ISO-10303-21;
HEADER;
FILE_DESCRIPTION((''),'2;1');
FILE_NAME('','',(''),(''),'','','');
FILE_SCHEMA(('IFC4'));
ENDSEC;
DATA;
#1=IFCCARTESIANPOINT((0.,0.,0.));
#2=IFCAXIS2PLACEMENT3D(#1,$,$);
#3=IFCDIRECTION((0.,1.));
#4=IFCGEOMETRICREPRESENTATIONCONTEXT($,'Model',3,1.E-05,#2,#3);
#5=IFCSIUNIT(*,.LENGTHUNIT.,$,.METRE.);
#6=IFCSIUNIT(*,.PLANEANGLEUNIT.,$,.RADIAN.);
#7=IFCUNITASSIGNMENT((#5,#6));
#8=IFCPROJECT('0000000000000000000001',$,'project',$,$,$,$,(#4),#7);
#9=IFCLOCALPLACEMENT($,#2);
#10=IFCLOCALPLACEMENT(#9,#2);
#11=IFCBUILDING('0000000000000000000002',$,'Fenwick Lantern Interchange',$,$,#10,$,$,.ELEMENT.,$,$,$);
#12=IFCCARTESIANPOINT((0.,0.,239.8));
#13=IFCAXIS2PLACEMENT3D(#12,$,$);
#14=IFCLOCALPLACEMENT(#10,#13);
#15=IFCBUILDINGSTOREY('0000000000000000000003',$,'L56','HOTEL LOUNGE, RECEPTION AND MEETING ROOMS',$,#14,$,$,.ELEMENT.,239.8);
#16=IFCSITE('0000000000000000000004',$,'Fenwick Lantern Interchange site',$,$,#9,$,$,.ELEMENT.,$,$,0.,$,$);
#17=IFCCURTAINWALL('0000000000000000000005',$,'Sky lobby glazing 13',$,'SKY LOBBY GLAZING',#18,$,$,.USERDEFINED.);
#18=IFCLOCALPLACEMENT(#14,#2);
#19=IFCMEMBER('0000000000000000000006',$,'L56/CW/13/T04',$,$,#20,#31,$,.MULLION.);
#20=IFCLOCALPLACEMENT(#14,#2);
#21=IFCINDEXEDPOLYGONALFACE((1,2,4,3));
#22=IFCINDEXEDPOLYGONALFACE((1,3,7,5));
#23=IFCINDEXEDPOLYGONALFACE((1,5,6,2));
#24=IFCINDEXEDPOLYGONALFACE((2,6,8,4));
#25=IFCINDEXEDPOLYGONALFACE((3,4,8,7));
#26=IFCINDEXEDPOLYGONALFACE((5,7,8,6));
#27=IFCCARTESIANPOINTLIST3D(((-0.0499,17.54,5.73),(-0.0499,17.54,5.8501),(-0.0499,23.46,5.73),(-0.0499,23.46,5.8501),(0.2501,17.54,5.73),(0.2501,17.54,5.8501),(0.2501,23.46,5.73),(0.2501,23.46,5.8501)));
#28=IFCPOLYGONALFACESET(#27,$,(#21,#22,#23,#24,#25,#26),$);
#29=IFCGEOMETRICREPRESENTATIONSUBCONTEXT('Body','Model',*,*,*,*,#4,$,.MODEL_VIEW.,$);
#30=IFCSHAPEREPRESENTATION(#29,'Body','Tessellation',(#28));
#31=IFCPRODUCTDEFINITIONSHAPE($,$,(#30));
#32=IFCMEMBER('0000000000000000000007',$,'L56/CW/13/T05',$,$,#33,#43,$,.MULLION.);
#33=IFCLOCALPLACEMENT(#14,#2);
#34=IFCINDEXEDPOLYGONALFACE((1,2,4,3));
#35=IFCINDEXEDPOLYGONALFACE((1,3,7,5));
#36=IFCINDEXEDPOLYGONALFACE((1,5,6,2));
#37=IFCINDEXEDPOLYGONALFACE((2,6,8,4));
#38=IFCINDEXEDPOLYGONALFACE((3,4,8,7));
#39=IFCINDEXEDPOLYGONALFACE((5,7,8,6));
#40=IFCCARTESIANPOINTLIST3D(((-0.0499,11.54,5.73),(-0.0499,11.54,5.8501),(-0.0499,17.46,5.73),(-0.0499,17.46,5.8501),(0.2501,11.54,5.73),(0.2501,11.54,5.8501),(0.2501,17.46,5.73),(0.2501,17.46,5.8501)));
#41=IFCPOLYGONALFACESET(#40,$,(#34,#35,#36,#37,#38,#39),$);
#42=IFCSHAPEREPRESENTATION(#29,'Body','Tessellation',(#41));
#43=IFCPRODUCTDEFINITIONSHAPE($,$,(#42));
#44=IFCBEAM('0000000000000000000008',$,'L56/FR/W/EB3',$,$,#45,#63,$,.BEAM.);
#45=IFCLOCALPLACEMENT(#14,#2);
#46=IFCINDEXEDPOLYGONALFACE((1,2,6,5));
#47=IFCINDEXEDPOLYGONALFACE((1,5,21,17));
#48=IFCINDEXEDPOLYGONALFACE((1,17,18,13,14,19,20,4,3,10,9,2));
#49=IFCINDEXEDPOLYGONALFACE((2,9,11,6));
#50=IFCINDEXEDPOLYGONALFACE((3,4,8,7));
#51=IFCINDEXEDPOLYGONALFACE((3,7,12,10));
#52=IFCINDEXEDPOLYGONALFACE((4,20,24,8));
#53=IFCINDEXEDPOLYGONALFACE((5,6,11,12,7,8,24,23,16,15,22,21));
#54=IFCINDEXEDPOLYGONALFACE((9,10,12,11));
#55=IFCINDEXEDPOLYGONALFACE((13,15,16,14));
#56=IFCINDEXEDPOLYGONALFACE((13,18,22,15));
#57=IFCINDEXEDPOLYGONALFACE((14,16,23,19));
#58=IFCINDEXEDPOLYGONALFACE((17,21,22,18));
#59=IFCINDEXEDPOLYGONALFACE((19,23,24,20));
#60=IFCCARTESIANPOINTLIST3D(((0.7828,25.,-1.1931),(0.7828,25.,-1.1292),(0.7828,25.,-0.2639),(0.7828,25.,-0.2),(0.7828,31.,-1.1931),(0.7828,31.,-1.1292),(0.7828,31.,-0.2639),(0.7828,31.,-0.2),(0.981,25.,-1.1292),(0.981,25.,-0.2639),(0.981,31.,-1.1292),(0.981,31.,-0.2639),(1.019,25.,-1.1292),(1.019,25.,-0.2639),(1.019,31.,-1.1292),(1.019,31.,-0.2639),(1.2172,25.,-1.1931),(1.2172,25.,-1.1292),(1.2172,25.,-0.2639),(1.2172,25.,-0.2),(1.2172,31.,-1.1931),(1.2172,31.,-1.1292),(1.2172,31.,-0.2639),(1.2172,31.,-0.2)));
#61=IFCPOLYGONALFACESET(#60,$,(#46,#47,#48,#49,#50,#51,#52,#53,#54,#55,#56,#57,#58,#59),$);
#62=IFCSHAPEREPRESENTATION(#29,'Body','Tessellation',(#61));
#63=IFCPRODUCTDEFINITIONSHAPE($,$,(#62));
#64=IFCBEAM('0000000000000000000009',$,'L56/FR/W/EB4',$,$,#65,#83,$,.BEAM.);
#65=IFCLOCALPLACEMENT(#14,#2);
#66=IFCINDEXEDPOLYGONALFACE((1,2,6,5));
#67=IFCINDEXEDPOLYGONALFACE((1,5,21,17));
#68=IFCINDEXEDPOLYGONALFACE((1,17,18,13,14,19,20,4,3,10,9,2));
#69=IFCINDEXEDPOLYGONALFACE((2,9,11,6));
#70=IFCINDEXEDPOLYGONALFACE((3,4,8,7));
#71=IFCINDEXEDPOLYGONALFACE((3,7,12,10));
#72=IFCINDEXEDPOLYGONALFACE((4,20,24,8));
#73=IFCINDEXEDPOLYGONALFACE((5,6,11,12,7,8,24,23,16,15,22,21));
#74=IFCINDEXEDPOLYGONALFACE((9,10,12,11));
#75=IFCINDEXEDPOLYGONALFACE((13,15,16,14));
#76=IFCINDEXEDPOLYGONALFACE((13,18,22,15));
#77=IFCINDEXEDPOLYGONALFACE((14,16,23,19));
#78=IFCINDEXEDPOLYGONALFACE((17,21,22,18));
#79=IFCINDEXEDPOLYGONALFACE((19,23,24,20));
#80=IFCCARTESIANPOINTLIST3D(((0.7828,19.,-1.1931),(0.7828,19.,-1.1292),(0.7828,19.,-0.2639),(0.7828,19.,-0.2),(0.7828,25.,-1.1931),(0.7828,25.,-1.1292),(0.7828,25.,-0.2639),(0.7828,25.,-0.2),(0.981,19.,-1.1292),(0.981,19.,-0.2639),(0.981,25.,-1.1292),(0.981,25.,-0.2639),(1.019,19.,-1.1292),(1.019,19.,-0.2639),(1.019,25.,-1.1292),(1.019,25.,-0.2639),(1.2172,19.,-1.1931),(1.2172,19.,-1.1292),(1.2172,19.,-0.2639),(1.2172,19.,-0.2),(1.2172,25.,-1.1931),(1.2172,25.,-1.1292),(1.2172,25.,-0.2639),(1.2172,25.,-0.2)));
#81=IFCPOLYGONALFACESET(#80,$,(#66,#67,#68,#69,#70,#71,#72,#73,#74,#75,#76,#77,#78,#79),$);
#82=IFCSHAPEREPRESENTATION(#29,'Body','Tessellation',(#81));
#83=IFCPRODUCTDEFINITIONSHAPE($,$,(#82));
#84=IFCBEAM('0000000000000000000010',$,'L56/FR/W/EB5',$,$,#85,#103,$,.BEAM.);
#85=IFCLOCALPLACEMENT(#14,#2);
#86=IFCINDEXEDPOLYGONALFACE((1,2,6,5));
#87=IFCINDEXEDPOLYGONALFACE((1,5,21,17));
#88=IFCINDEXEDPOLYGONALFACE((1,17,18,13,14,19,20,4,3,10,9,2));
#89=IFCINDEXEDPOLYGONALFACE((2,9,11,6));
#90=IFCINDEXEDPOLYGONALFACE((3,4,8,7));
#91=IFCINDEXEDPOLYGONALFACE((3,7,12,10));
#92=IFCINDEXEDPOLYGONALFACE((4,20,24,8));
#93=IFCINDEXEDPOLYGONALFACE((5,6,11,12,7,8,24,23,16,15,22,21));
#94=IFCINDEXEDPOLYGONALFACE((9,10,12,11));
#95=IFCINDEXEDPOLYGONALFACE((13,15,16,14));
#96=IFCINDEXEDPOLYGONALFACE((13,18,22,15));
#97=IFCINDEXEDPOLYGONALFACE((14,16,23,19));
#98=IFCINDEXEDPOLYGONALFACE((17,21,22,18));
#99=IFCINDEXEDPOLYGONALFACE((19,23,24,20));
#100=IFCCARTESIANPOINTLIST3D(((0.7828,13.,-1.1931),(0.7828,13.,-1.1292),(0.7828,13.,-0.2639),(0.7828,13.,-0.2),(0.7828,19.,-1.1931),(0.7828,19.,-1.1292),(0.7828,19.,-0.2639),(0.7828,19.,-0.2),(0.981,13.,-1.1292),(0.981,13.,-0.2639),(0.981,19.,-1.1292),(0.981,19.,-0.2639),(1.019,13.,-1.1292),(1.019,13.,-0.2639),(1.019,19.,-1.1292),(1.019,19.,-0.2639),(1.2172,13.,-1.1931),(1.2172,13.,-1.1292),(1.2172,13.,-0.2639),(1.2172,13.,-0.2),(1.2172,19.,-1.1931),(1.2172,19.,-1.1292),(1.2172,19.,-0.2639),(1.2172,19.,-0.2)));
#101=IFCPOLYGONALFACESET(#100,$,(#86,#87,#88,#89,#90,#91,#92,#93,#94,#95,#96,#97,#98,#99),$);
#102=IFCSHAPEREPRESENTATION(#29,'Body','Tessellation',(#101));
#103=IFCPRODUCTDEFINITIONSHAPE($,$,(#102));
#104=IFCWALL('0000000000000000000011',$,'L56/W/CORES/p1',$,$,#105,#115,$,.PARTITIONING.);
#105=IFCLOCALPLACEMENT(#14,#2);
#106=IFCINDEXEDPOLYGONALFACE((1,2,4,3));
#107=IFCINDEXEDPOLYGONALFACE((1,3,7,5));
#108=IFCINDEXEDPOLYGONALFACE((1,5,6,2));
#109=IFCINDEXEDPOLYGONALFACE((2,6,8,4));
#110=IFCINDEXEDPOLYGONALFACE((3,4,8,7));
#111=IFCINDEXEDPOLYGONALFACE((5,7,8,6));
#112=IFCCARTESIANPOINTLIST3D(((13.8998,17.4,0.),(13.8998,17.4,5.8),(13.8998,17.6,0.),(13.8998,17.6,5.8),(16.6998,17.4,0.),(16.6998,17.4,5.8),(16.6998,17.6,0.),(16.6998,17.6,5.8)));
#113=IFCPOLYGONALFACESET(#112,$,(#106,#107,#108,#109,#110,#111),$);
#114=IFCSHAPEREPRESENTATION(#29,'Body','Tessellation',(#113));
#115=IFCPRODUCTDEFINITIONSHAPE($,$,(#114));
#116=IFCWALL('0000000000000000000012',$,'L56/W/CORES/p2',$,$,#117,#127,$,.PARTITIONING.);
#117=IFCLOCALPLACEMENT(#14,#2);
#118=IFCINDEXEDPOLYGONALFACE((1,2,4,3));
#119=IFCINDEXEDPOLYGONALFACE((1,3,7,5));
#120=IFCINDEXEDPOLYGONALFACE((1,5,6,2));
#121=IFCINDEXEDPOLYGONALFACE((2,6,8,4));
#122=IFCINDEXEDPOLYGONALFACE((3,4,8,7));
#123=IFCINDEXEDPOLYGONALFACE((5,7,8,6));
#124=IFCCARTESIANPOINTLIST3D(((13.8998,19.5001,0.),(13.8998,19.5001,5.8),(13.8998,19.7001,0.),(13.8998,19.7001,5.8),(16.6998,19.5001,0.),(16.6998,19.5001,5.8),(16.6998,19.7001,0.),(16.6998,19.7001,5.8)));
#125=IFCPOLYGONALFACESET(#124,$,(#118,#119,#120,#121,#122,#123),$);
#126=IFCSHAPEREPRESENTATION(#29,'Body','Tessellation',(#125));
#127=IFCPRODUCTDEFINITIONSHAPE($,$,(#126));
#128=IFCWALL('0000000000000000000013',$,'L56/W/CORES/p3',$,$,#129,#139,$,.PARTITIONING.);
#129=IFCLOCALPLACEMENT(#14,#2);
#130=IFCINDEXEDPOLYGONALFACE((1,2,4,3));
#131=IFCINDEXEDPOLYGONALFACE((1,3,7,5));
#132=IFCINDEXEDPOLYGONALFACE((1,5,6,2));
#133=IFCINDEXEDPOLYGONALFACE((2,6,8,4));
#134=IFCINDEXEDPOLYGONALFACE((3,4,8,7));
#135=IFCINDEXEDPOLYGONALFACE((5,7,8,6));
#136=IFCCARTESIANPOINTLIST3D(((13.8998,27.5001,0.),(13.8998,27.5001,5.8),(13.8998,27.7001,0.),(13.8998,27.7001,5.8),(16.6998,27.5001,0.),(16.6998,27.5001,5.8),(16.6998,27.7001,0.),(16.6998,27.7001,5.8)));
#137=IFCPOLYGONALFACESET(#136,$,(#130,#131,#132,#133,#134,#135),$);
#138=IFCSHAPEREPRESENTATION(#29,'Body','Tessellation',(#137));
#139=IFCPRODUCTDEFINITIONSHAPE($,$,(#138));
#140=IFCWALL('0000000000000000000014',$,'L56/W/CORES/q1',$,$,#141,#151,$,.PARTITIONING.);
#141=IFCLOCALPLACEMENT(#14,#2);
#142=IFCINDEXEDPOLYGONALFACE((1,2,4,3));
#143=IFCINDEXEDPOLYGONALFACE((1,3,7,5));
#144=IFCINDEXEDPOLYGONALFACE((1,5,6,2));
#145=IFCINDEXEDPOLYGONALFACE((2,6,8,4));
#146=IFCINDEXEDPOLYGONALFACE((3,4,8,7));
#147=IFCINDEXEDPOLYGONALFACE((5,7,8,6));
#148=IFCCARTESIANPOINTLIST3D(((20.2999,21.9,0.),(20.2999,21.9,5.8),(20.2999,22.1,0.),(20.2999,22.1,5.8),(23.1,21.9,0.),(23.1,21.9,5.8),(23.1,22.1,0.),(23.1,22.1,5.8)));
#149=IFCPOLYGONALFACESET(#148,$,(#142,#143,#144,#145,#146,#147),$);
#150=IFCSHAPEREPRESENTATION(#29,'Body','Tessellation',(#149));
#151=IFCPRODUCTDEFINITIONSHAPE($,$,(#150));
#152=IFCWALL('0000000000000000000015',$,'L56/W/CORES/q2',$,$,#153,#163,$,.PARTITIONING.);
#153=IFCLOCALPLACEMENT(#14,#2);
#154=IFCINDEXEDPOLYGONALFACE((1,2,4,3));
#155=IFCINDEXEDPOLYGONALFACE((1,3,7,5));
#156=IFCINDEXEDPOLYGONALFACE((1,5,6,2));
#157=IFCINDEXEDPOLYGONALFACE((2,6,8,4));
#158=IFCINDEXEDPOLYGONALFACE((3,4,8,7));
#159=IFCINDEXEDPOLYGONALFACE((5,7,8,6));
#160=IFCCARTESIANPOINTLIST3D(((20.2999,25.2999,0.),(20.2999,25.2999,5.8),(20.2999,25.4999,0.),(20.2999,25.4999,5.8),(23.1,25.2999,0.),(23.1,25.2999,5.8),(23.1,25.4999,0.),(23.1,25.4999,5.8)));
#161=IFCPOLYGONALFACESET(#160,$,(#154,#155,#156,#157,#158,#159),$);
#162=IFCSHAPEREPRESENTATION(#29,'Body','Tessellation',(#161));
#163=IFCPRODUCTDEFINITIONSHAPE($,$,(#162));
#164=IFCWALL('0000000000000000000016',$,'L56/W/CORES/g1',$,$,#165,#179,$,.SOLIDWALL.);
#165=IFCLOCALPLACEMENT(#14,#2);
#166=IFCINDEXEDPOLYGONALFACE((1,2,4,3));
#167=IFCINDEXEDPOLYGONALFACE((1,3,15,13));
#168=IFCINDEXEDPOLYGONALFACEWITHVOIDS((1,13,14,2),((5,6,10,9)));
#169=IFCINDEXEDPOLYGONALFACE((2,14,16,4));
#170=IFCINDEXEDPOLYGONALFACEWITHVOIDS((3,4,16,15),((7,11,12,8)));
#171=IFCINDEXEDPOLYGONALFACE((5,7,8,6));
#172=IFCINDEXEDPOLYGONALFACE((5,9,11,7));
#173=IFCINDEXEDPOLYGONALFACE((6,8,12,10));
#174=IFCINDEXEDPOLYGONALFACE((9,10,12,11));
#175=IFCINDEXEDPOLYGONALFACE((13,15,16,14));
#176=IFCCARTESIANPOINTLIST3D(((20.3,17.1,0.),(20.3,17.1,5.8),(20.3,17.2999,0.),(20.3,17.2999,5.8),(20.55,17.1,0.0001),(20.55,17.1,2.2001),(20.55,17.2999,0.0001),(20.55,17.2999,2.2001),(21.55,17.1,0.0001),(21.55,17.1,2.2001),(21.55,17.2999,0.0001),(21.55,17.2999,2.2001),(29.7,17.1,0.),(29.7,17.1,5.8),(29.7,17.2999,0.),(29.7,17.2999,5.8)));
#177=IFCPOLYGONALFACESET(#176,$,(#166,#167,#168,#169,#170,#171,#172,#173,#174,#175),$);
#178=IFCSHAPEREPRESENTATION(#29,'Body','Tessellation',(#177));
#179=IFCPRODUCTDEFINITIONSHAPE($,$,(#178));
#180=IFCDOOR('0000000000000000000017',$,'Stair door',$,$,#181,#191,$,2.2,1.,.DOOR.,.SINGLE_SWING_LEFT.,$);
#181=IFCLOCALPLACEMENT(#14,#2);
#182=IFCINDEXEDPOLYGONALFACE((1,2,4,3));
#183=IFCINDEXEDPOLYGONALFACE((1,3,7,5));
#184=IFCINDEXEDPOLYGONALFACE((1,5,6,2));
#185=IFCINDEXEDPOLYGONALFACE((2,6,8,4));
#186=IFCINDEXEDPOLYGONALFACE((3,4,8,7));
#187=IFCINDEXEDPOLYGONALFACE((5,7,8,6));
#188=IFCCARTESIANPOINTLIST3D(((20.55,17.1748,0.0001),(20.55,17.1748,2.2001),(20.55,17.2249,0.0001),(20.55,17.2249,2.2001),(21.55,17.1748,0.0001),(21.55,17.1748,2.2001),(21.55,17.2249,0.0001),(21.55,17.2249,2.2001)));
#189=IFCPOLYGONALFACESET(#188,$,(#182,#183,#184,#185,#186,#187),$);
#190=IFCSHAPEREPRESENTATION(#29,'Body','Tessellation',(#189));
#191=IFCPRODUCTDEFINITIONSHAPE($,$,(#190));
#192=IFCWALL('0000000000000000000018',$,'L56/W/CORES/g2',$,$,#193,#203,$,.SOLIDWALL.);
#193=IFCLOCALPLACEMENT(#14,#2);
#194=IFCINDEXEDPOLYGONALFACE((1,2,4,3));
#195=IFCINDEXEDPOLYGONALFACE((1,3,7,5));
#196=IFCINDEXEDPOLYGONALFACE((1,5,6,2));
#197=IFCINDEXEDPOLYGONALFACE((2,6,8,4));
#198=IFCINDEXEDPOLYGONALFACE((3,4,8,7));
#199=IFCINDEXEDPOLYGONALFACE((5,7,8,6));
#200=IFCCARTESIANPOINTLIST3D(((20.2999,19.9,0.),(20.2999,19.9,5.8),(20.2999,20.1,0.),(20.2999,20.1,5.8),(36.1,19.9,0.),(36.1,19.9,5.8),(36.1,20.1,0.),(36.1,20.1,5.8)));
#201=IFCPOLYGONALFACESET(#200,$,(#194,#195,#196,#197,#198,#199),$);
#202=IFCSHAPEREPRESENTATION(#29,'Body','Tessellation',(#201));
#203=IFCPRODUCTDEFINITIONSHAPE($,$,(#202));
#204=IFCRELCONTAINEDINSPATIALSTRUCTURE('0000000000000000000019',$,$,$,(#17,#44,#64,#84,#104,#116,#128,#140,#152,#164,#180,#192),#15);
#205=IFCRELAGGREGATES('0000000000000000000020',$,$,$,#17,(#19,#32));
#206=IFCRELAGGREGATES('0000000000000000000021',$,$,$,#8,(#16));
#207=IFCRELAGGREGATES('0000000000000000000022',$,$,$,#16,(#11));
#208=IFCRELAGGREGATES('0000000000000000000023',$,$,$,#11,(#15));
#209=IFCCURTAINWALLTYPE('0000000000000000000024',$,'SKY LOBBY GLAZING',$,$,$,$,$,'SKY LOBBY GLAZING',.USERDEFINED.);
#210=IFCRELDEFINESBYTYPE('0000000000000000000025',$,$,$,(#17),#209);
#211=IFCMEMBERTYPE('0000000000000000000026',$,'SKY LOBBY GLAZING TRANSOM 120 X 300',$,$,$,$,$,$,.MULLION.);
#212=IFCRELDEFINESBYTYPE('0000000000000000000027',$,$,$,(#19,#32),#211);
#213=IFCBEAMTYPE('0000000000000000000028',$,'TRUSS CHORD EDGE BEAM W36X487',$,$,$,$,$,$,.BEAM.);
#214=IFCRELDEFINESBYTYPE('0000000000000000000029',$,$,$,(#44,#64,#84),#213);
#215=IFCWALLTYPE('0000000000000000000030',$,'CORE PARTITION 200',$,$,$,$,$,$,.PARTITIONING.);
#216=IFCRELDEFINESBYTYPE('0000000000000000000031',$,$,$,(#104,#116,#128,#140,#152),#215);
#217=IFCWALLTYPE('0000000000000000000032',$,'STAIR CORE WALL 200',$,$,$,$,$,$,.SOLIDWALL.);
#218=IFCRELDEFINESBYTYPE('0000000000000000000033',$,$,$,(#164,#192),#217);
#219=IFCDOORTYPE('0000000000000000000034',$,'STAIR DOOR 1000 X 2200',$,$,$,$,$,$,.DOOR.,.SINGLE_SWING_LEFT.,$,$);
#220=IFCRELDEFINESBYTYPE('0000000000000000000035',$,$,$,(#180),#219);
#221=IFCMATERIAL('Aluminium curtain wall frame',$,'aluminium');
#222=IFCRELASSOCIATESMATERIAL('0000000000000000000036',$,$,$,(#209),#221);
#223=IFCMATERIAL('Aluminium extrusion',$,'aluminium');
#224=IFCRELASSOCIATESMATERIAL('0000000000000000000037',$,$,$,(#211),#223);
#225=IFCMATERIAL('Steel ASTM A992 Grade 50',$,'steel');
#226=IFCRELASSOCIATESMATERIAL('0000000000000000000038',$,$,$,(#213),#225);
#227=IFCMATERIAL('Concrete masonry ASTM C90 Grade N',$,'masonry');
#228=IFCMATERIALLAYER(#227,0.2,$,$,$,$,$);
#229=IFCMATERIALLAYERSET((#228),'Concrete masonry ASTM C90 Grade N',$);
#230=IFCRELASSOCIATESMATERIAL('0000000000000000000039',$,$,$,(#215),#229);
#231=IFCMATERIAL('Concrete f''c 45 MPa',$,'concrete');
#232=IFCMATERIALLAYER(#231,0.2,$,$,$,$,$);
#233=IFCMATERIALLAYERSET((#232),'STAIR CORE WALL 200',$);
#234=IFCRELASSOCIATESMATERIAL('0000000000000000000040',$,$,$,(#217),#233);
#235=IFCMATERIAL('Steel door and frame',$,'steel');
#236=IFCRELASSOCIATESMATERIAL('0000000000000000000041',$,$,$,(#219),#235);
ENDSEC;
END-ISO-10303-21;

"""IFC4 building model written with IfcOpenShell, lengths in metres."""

from ifc_helpers import new_model, si_unit, direction, frame, frame_2d, origin, origin_2d, place, context, subcontext, project, spatial, rectangle, i_section, extrude, material, layer, layer_set, material_profile, profile_set, type_object, element, fill, aggregate, save


model = new_model("IFC4")

# Units and contexts
model_context = context("Model", 3, precision=1e-05, world=origin(), true_north=direction((0.0, 1.0)))
body_context = subcontext(model_context, "Body", "Model", "MODEL_VIEW")
ifc_project = project(units=[si_unit("LENGTHUNIT", "METRE"), si_unit("PLANEANGLEUNIT", "RADIAN")], contexts=[model_context])

# Site, building, storey
site_placement = place(None, origin())
site = spatial("IfcSite", under=ifc_project, at=site_placement, Name="Fenwick Lantern Interchange site", CompositionType="ELEMENT", RefElevation=0.0)
building_placement = place(site_placement, origin())
building = spatial("IfcBuilding", under=site, at=building_placement, Name="Fenwick Lantern Interchange", CompositionType="ELEMENT")
storey_placement = place(building_placement, frame((0.0, 0.0, 239.8)))
storey = spatial("IfcBuildingStorey", under=building, at=storey_placement, Name="L56", Description="HOTEL LOUNGE, RECEPTION AND MEETING ROOMS", CompositionType="ELEMENT", Elevation=239.8)

# Shared definitions
ifc_material_1 = material(Name="Steel ASTM A992 Grade 50", Category="steel")

# Curtain wall, members
ifc_material_2 = material(Name="Aluminium curtain wall frame", Category="aluminium")
curtain_wall_type = type_object("IfcCurtainWallType", Name="SKY LOBBY GLAZING", ElementType="SKY LOBBY GLAZING", PredefinedType="USERDEFINED", material=ifc_material_2)
curtain_wall_placement = place(storey_placement, origin())
curtain_wall = element("IfcCurtainWall", 1, at=curtain_wall_placement, inside=storey, type_object=curtain_wall_type, Name="Sky lobby glazing 13", ObjectType="SKY LOBBY GLAZING", PredefinedType="USERDEFINED")
ifc_material_3 = material(Name="Aluminium extrusion", Category="aluminium")
ifc_material_profile_1 = material_profile(ifc_material_3, rectangle(XDim=0.3, YDim=0.1201, at=origin_2d()), Name="SKY LOBBY GLAZING TRANSOM 120 X 300")
ifc_profile_set_1 = profile_set([ifc_material_profile_1], Name="Aluminium extrusion")
member_type_1 = type_object("IfcMemberType", Name="SKY LOBBY GLAZING TRANSOM 120 X 300", PredefinedType="MULLION", material=ifc_profile_set_1)
member_1_placement = place(storey_placement, frame((0.1001, 23.46, 5.79), z_axis=(0.0, -1.0, 0.0), x_axis=(1.0, 0.0, 0.0)))
member_1 = element("IfcMember", 2, at=member_1_placement, type_object=member_type_1, Name="L56/CW/13/T04", PredefinedType="MULLION", context=body_context, shape_type="SweptSolid", body=[
    extrude(rectangle(XDim=0.3, YDim=0.1201, at=origin_2d()), origin(), (0.0, 0.0, 1.0), 5.9199),
])
member_2_placement = place(storey_placement, frame((0.1001, 17.46, 5.79), z_axis=(0.0, -1.0, 0.0), x_axis=(1.0, 0.0, 0.0)))
member_2 = element("IfcMember", 3, at=member_2_placement, type_object=member_type_1, Name="L56/CW/13/T05", PredefinedType="MULLION", context=body_context, shape_type="SweptSolid", body=[
    extrude(rectangle(XDim=0.3, YDim=0.1201, at=origin_2d()), origin(), (0.0, 0.0, 1.0), 5.9199),
])
aggregate(curtain_wall, [member_1, member_2])

# Beams
ifc_material_profile_2 = material_profile(ifc_material_1, i_section(OverallWidth=0.4343, OverallDepth=0.9932, WebThickness=0.0381, FlangeThickness=0.064, at=origin_2d()), Name="W36X487")
ifc_profile_set_2 = profile_set([ifc_material_profile_2], Name="Steel ASTM A992 Grade 50")
beam_type_1 = type_object("IfcBeamType", Name="TRUSS CHORD EDGE BEAM W36X487", PredefinedType="BEAM", material=ifc_profile_set_2)
for number, where, z_axis, x_axis, name in (
    (4, (1.0, 31.0, -0.6965), (0.0, -1.0, 0.0), (1.0, 0.0, 0.0), "L56/FR/W/EB3"),
    (5, (1.0, 25.0, -0.6965), (0.0, -1.0, 0.0), (1.0, 0.0, 0.0), "L56/FR/W/EB4"),
    (6, (1.0, 19.0, -0.6965), (0.0, -1.0, 0.0), (1.0, 0.0, 0.0), "L56/FR/W/EB5"),
):
    element("IfcBeam", number, at=place(storey_placement, frame(where, z_axis=z_axis, x_axis=x_axis)), inside=storey, type_object=beam_type_1, Name=name, PredefinedType="BEAM", context=body_context, shape_type="SweptSolid", body=[
        extrude(i_section(OverallWidth=0.4343, OverallDepth=0.9932, WebThickness=0.0381, FlangeThickness=0.064, at=origin_2d()), origin(), (0.0, 0.0, 1.0), 6.0),
    ])

# Walls
ifc_material_4 = material(Name="Concrete masonry ASTM C90 Grade N", Category="masonry")
ifc_layer_1 = layer(ifc_material_4, 0.2)
ifc_layer_set_1 = layer_set([ifc_layer_1], Name="Concrete masonry ASTM C90 Grade N")
wall_type_1 = type_object("IfcWallType", Name="CORE PARTITION 200", PredefinedType="PARTITIONING", material=ifc_layer_set_1)
for number, where, z_axis, x_axis, name in (
    (7, (13.8999, 17.5, 0.0), (0.0, 0.0, 1.0), (1.0, 0.0, 0.0), "L56/W/CORES/p1"),
    (8, (13.8999, 19.6001, 0.0), (0.0, 0.0, 1.0), (1.0, 0.0, 0.0), "L56/W/CORES/p2"),
    (9, (13.8999, 27.6001, 0.0), (0.0, 0.0, 1.0), (1.0, 0.0, 0.0), "L56/W/CORES/p3"),
    (10, (20.3, 22.0, 0.0), (0.0, 0.0, 1.0), (1.0, 0.0, 0.0), "L56/W/CORES/q1"),
    (11, (20.3, 25.3999, 0.0), (0.0, 0.0, 1.0), (1.0, 0.0, 0.0), "L56/W/CORES/q2"),
):
    element("IfcWall", number, at=place(storey_placement, frame(where, z_axis=z_axis, x_axis=x_axis)), inside=storey, type_object=wall_type_1, Name=name, PredefinedType="PARTITIONING", context=body_context, shape_type="SweptSolid", body=[
        extrude(rectangle(XDim=2.8, YDim=0.2, at=frame_2d((1.3999, 0.0))), origin(), (0.0, 0.0, 1.0), 5.8),
    ])

# Wall, opening, door
ifc_material_5 = material(Name="Concrete f'c 45 MPa", Category="concrete")
ifc_layer_2 = layer(ifc_material_5, 0.2)
ifc_layer_set_2 = layer_set([ifc_layer_2], Name="STAIR CORE WALL 200")
wall_type_2 = type_object("IfcWallType", Name="STAIR CORE WALL 200", PredefinedType="SOLIDWALL", material=ifc_layer_set_2)
wall_1_placement = place(storey_placement, frame((20.3, 17.2, 0.0), z_axis=(0.0, 0.0, 1.0), x_axis=(1.0, 0.0, 0.0)))
wall_1 = element("IfcWall", 12, at=wall_1_placement, inside=storey, type_object=wall_type_2, Name="L56/W/CORES/g1", PredefinedType="SOLIDWALL", context=body_context, shape_type="SweptSolid", body=[
    extrude(rectangle(XDim=9.3999, YDim=0.2, at=frame_2d((4.7, 0.0))), origin(), (0.0, 0.0, 1.0), 5.8),
])
opening_placement = place(wall_1_placement, frame((0.25, 0.0, 0.0)))
opening = element("IfcOpeningElement", 13, at=opening_placement, cuts=wall_1, PredefinedType="OPENING", context=body_context, shape_type="SweptSolid", body=[
    extrude(rectangle(XDim=1.0, YDim=2.2, at=frame_2d((0.5, 1.1001))), frame((0.0, 0.1099, 0.0), z_axis=(0.0, -1.0, 0.0), x_axis=(1.0, 0.0, 0.0)), (0.0, 0.0, 1.0), 0.22),
])
ifc_material_6 = material(Name="Steel door and frame", Category="steel")
door_type = type_object("IfcDoorType", Name="STAIR DOOR 1000 X 2200", OperationType="SINGLE_SWING_LEFT", PredefinedType="DOOR", material=ifc_material_6)
door_placement = place(opening_placement, origin())
door = element("IfcDoor", 14, at=door_placement, inside=storey, type_object=door_type, Name="Stair door", OperationType="SINGLE_SWING_LEFT", OverallHeight=2.2, OverallWidth=1.0, PredefinedType="DOOR", context=body_context, shape_type="SweptSolid", body=[
    extrude(rectangle(XDim=1.0, YDim=2.2, at=frame_2d((0.5, 1.1001))), frame((0.0, 0.0249, 0.0), z_axis=(0.0, -1.0, 0.0), x_axis=(1.0, 0.0, 0.0)), (0.0, 0.0, 1.0), 0.05),
])
fill(opening, door)

# Wall
wall_2_placement = place(storey_placement, frame((20.3, 20.0, 0.0), z_axis=(0.0, 0.0, 1.0), x_axis=(1.0, 0.0, 0.0)))
element("IfcWall", 15, at=wall_2_placement, inside=storey, type_object=wall_type_2, Name="L56/W/CORES/g2", PredefinedType="SOLIDWALL", context=body_context, shape_type="SweptSolid", body=[
    extrude(rectangle(XDim=15.8, YDim=0.2, at=frame_2d((7.8999, 0.0))), origin(), (0.0, 0.0, 1.0), 5.8),
])

save(model, "model.ifc")
